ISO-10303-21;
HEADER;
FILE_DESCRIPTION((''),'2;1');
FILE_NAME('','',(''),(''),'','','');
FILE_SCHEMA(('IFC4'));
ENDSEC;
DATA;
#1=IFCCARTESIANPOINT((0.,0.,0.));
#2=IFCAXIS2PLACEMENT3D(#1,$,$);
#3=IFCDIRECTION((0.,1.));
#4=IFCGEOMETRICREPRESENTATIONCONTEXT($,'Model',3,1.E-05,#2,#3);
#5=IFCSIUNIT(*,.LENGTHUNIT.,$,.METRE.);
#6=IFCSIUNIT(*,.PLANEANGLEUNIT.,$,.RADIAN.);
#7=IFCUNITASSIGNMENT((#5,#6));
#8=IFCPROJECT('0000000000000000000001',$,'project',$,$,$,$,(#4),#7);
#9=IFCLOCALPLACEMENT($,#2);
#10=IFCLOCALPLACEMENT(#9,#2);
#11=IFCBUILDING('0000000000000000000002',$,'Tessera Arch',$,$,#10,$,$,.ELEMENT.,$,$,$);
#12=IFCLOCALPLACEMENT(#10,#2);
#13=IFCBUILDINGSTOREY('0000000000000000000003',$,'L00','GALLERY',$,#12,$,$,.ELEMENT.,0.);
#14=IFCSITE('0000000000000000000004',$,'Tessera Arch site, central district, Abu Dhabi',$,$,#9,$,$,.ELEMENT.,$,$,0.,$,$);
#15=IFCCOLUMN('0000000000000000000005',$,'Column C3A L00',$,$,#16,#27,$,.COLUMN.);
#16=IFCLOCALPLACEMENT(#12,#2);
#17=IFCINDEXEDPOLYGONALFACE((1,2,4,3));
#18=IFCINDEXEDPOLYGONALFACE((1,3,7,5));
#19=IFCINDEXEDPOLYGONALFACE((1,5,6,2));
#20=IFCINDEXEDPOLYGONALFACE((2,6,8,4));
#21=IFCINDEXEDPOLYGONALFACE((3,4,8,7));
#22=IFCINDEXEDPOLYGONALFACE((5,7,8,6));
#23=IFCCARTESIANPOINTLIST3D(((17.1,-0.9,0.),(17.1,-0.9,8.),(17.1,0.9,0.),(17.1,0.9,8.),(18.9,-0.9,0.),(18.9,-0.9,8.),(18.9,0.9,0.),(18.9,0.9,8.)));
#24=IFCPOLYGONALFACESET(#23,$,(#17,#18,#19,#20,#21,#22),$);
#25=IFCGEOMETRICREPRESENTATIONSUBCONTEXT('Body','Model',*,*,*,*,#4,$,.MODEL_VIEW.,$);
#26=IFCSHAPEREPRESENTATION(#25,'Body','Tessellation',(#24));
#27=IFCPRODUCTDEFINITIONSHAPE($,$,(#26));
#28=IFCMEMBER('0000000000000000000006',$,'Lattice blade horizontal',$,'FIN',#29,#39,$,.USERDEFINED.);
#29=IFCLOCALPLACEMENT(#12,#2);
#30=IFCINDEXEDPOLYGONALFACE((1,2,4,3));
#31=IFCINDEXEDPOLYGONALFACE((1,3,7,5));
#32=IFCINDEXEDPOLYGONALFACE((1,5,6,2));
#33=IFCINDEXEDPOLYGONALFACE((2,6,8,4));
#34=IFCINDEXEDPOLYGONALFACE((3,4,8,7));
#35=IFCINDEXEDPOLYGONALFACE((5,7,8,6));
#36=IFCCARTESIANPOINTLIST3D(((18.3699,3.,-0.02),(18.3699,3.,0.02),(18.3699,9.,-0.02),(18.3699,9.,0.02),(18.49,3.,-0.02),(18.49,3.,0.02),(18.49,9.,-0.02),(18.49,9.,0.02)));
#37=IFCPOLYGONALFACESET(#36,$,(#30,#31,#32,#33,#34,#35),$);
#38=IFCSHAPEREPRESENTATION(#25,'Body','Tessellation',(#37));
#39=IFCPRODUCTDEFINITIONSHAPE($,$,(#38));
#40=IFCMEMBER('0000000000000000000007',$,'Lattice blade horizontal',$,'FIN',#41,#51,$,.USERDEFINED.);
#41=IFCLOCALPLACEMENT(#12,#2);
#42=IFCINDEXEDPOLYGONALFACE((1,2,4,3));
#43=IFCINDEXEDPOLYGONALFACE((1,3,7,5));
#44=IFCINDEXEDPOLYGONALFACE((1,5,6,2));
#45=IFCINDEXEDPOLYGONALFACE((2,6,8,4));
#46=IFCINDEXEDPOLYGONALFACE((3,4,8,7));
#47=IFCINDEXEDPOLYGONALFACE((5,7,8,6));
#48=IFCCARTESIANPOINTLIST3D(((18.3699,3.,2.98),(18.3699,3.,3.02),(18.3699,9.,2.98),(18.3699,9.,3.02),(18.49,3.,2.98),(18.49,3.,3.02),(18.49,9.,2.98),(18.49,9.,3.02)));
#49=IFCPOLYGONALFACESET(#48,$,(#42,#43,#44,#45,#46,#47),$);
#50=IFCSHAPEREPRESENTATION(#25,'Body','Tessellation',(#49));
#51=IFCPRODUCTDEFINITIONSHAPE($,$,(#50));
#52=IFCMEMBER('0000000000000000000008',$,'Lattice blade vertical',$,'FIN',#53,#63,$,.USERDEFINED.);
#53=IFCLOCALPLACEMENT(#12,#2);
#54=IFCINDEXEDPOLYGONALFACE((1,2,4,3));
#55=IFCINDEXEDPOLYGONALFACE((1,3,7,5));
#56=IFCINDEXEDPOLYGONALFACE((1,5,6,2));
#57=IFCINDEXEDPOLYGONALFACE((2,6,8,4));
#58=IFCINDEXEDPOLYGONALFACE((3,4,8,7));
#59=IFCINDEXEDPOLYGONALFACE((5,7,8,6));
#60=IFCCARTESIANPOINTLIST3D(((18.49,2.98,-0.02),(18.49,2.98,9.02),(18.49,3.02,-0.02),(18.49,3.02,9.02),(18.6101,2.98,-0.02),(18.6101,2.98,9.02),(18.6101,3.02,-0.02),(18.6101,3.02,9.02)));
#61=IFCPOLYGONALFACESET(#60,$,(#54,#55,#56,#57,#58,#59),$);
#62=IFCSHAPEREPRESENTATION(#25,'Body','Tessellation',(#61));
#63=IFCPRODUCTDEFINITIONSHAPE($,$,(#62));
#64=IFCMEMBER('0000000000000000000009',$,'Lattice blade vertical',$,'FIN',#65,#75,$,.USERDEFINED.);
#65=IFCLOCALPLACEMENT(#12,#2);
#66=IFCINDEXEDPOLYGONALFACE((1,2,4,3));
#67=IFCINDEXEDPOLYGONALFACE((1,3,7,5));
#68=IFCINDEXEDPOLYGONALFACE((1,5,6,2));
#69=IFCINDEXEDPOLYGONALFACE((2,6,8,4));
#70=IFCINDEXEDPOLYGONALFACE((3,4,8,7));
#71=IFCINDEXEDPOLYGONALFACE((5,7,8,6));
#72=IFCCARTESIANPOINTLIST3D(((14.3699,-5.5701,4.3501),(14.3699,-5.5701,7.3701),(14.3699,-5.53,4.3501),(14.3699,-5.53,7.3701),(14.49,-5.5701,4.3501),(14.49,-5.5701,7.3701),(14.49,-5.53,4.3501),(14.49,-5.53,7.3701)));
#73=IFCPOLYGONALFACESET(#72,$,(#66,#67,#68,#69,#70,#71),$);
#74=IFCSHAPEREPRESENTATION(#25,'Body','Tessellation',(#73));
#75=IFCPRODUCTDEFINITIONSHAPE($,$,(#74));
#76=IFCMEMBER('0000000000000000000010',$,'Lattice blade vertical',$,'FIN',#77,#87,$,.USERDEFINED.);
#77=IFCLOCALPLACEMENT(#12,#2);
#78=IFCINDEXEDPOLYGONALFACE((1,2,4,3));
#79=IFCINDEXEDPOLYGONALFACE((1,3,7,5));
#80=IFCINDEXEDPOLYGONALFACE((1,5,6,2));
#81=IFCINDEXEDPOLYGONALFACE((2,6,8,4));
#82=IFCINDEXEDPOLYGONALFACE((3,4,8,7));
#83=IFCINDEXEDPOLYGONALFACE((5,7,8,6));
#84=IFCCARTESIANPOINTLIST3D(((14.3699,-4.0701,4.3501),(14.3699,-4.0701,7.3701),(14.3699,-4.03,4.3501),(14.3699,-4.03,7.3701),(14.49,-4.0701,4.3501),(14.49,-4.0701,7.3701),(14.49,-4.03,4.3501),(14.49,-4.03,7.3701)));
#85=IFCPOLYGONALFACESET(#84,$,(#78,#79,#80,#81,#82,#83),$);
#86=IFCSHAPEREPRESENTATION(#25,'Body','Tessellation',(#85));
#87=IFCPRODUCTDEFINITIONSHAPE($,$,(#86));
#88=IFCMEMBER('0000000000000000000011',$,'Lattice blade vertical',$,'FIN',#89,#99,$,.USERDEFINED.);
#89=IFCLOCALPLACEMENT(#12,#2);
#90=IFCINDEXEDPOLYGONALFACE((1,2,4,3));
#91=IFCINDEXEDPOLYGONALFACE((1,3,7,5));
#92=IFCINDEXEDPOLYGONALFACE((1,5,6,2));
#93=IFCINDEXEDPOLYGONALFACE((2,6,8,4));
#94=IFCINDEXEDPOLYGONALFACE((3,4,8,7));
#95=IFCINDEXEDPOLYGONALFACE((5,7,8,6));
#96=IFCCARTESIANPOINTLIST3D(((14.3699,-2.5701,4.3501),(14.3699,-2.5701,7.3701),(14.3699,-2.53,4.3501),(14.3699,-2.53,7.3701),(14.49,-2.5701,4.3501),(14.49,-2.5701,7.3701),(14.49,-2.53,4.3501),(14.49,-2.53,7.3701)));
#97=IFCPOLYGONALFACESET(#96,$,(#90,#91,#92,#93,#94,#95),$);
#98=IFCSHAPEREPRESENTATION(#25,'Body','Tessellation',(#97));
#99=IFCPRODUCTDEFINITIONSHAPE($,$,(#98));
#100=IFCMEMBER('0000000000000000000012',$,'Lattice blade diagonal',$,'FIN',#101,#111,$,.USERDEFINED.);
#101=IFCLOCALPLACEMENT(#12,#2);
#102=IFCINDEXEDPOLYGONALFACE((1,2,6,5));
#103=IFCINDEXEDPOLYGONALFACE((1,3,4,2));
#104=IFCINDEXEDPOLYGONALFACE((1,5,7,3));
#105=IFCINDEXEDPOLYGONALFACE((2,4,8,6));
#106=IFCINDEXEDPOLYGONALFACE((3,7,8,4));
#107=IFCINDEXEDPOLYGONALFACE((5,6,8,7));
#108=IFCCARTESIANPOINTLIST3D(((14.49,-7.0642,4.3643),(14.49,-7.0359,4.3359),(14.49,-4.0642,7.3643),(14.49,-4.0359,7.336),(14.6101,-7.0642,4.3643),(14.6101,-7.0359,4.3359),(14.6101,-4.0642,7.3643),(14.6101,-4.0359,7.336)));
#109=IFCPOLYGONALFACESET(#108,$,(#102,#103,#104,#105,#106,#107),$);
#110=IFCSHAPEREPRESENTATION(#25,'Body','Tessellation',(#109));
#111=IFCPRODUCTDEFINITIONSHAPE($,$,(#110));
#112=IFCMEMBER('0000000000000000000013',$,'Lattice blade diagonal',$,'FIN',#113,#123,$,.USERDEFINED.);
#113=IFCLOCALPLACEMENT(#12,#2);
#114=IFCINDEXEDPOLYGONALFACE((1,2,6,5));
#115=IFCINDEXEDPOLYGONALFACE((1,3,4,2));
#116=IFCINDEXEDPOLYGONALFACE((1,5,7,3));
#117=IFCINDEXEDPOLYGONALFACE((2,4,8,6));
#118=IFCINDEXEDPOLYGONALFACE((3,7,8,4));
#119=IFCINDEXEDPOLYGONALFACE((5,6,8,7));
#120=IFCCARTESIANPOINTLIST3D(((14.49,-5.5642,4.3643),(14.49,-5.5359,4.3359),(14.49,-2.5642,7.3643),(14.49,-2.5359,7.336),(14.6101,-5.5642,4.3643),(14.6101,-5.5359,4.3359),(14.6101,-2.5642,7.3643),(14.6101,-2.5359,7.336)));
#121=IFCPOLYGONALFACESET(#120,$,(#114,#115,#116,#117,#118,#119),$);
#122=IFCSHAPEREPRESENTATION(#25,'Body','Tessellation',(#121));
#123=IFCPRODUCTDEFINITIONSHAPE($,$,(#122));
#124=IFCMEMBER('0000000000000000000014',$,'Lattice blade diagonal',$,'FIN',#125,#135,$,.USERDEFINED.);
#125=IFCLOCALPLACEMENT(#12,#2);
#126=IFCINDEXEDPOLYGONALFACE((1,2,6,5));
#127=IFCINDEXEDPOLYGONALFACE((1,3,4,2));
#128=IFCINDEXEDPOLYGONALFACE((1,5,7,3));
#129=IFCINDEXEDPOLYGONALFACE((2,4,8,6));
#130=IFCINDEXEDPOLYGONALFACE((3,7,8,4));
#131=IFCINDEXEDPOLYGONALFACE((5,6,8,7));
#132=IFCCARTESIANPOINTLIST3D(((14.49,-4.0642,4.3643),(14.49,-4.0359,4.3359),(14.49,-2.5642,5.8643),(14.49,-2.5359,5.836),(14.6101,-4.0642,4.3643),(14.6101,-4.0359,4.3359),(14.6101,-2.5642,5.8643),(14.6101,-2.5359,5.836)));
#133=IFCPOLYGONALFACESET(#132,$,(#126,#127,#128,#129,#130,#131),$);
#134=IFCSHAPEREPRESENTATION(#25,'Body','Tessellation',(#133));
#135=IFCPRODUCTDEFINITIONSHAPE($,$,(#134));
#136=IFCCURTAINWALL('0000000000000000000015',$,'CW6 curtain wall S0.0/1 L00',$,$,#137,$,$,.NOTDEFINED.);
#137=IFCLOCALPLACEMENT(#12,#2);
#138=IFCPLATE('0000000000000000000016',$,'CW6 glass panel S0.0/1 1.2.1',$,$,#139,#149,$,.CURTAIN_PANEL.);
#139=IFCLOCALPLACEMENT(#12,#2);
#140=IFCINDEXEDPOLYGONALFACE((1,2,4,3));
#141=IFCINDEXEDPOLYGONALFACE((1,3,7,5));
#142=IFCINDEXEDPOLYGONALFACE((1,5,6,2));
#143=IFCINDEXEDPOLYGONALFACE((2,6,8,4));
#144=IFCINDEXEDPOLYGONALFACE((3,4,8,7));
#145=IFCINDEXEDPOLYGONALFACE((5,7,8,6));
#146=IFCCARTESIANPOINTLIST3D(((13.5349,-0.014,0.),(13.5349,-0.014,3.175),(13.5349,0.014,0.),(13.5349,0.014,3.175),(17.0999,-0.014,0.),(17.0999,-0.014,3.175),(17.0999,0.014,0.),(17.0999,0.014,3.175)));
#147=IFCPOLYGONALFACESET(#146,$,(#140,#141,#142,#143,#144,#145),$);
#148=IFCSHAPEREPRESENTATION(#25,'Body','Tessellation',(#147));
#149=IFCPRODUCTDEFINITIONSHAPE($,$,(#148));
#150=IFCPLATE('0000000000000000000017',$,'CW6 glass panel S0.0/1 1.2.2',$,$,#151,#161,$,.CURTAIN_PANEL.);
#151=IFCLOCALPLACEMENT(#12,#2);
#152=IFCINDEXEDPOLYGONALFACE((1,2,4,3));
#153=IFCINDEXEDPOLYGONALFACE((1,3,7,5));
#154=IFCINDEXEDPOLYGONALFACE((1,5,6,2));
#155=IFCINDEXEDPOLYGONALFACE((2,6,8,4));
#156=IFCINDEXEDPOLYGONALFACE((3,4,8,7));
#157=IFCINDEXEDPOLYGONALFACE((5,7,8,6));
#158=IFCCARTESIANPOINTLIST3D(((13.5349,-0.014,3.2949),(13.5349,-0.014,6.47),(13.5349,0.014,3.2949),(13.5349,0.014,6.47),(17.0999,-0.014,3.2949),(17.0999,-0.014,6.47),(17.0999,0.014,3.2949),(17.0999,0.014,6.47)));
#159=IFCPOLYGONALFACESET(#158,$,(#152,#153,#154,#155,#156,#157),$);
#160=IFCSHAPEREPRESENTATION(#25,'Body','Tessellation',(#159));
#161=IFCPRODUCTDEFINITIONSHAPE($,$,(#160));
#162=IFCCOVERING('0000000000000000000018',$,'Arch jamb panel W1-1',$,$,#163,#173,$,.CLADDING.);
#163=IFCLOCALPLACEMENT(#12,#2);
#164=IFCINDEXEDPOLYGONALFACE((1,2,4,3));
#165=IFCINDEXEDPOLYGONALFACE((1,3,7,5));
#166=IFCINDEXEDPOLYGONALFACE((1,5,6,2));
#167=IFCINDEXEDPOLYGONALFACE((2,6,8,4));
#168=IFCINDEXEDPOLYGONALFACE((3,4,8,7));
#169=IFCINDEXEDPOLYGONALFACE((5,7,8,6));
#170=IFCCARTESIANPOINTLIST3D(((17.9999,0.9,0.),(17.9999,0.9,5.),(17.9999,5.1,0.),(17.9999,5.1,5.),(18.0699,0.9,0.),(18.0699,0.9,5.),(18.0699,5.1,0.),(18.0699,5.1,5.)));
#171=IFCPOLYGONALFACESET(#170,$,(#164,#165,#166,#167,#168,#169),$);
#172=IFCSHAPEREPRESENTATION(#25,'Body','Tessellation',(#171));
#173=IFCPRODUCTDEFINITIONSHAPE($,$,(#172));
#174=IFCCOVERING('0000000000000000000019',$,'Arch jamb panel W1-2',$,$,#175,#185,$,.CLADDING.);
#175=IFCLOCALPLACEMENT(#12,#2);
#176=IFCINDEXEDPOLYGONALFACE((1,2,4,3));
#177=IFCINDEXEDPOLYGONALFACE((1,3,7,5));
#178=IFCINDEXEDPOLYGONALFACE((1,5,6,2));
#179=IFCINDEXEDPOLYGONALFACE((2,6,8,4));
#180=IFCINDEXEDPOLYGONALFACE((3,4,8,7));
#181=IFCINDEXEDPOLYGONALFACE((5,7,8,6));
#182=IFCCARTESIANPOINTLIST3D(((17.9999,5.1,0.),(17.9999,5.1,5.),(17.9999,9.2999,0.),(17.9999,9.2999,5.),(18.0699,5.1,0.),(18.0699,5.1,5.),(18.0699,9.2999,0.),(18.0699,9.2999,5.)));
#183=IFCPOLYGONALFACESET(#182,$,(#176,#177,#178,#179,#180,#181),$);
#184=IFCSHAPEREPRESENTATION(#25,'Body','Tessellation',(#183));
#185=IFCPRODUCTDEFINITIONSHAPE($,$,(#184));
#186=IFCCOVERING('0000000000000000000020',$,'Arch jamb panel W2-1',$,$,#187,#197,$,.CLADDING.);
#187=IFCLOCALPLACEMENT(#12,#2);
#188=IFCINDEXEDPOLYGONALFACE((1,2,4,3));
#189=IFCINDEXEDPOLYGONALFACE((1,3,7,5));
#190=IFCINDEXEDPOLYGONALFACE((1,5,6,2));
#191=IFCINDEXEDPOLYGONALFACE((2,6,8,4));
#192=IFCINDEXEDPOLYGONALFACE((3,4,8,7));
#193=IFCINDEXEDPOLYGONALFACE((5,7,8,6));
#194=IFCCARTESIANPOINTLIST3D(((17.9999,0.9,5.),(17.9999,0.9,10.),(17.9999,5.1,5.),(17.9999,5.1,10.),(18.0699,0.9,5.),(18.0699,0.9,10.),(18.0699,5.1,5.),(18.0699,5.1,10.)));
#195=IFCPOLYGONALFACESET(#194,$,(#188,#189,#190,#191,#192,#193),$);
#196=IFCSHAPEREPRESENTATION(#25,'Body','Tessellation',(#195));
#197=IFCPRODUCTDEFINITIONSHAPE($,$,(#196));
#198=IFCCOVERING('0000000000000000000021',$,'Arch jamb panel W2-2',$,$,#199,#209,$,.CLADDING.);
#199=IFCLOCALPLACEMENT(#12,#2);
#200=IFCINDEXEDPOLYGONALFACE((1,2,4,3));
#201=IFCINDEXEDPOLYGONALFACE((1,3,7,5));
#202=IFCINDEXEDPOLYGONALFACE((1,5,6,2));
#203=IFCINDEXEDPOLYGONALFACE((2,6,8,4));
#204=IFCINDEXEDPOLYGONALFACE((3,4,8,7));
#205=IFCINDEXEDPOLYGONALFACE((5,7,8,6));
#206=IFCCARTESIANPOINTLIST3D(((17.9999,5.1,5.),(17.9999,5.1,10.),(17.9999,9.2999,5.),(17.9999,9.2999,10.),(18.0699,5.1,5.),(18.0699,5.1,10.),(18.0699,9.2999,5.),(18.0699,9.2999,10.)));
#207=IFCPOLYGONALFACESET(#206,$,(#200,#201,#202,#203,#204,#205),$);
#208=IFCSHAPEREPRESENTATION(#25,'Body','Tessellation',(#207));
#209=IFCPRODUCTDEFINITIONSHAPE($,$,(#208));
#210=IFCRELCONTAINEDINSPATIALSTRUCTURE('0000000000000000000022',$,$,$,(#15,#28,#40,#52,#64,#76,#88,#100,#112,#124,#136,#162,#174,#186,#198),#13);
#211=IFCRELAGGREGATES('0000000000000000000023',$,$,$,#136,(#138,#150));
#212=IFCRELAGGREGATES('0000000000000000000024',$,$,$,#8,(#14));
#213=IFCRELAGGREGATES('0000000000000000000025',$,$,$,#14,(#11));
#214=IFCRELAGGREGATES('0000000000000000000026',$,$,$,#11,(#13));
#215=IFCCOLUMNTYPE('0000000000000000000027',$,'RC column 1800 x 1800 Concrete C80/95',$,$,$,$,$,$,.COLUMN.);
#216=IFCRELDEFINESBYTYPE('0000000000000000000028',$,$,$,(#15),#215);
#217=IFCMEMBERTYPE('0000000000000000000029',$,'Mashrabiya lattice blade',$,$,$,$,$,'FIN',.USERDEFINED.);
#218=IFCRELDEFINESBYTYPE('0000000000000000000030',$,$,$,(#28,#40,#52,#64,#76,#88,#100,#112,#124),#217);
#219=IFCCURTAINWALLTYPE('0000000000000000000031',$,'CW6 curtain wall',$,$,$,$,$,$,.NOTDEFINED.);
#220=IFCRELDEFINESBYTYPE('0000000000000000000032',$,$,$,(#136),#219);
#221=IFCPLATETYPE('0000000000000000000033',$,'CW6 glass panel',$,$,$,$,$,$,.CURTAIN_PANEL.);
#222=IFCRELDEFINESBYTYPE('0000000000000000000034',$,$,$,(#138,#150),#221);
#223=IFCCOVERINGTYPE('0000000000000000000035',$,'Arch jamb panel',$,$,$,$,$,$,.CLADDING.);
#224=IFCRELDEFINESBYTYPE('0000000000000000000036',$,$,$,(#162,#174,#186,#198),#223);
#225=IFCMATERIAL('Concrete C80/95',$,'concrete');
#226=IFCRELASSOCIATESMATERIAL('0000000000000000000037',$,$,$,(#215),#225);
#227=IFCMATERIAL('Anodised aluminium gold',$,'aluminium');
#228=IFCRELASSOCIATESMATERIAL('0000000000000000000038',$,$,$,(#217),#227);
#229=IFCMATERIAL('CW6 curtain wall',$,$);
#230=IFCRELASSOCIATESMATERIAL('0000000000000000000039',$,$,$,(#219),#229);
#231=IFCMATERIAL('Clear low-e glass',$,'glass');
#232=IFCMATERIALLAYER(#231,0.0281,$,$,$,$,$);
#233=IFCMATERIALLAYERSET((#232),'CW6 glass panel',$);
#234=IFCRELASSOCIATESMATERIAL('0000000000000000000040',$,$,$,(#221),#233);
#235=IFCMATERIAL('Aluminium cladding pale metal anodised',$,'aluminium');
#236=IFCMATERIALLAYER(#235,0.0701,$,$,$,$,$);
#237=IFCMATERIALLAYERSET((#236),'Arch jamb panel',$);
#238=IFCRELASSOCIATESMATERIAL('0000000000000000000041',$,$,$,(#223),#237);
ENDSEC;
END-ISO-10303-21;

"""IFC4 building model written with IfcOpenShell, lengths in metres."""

from ifc_helpers import new_model, si_unit, direction, frame, origin, origin_2d, place, context, subcontext, project, spatial, rectangle, extrude, material, layer, layer_set, material_profile, profile_set, type_object, element, aggregate, save


model = new_model("IFC4")

# Units and contexts
model_context = context("Model", 3, precision=1e-05, world=origin(), true_north=direction((0.0, 1.0)))
body_context = subcontext(model_context, "Body", "Model", "MODEL_VIEW")
ifc_project = project(units=[si_unit("LENGTHUNIT", "METRE"), si_unit("PLANEANGLEUNIT", "RADIAN")], contexts=[model_context])

# Site, building, storey
site_placement = place(None, origin())
site = spatial("IfcSite", under=ifc_project, at=site_placement, Name="Tessera Arch site, central district, Abu Dhabi", CompositionType="ELEMENT", RefElevation=0.0)
building_placement = place(site_placement, origin())
building = spatial("IfcBuilding", under=site, at=building_placement, Name="Tessera Arch", CompositionType="ELEMENT")
storey_placement = place(building_placement, origin())
storey = spatial("IfcBuildingStorey", under=building, at=storey_placement, Name="L00", Description="GALLERY", CompositionType="ELEMENT", Elevation=0.0)

# Column
ifc_material_1 = material(Name="Concrete C80/95", Category="concrete")
ifc_material_profile_1 = material_profile(ifc_material_1, rectangle(XDim=1.8, YDim=1.8, at=origin_2d()), Name="RC column 1800 x 1800 Concrete C80/95")
ifc_profile_set_1 = profile_set([ifc_material_profile_1], Name="Concrete C80/95")
column_type = type_object("IfcColumnType", Name="RC column 1800 x 1800 Concrete C80/95", PredefinedType="COLUMN", material=ifc_profile_set_1)
column_placement = place(storey_placement, frame((18.0, 0.0, 0.0), z_axis=(0.0, 0.0, 1.0), x_axis=(1.0, 0.0, 0.0)))
element("IfcColumn", 1, at=column_placement, inside=storey, type_object=column_type, Name="Column C3A L00", PredefinedType="COLUMN", context=body_context, shape_type="SweptSolid", body=[
    extrude(rectangle(XDim=1.8, YDim=1.8, at=origin_2d()), origin(), (0.0, 0.0, 1.0), 8.0),
])

# Members
ifc_material_2 = material(Name="Anodised aluminium gold", Category="aluminium")
ifc_material_profile_2 = material_profile(ifc_material_2, rectangle(XDim=0.1201, YDim=0.04, at=origin_2d()), Name="AL 40x120")
ifc_profile_set_2 = profile_set([ifc_material_profile_2], Name="Anodised aluminium gold")
member_type = type_object("IfcMemberType", Name="Mashrabiya lattice blade", ElementType="FIN", PredefinedType="USERDEFINED", material=ifc_profile_set_2)
for number, where, z_axis, x_axis, name in (
    (2, (18.4299, 3.0, 0.0), (0.0, 1.0, 0.0), (-1.0, 0.0, 0.0), "Lattice blade horizontal"),
    (3, (18.4299, 3.0, 3.0), (0.0, 1.0, 0.0), (-1.0, 0.0, 0.0), "Lattice blade horizontal"),
):
    element("IfcMember", number, at=place(storey_placement, frame(where, z_axis=z_axis, x_axis=x_axis)), inside=storey, type_object=member_type, Name=name, ObjectType="FIN", PredefinedType="USERDEFINED", context=body_context, shape_type="SweptSolid", body=[
        extrude(rectangle(XDim=0.1201, YDim=0.04, at=origin_2d()), origin(), (0.0, 0.0, 1.0), 6.0),
    ])
member_1_placement = place(storey_placement, frame((18.55, 3.0, -0.02), z_axis=(0.0, 0.0, 1.0), x_axis=(1.0, 0.0, 0.0)))
element("IfcMember", 4, at=member_1_placement, inside=storey, type_object=member_type, Name="Lattice blade vertical", ObjectType="FIN", PredefinedType="USERDEFINED", context=body_context, shape_type="SweptSolid", body=[
    extrude(rectangle(XDim=0.1201, YDim=0.04, at=origin_2d()), origin(), (0.0, 0.0, 1.0), 9.04),
])
for number, where, z_axis, x_axis, name in (
    (5, (14.4299, -5.55, 4.3501), (0.0, 0.0, 1.0), (1.0, 0.0, 0.0), "Lattice blade vertical"),
    (6, (14.4299, -4.05, 4.3501), (0.0, 0.0, 1.0), (1.0, 0.0, 0.0), "Lattice blade vertical"),
    (7, (14.4299, -2.55, 4.3501), (0.0, 0.0, 1.0), (1.0, 0.0, 0.0), "Lattice blade vertical"),
):
    element("IfcMember", number, at=place(storey_placement, frame(where, z_axis=z_axis, x_axis=x_axis)), inside=storey, type_object=member_type, Name=name, ObjectType="FIN", PredefinedType="USERDEFINED", context=body_context, shape_type="SweptSolid", body=[
        extrude(rectangle(XDim=0.1201, YDim=0.04, at=origin_2d()), origin(), (0.0, 0.0, 1.0), 3.02),
    ])
for number, where, z_axis, x_axis, name in (
    (8, (14.55, -7.05, 4.3501), (0.0, 0.707107, 0.707107), (-1.0, 0.0, 0.0), "Lattice blade diagonal"),
    (9, (14.55, -5.55, 4.3501), (0.0, 0.707107, 0.707107), (-1.0, 0.0, 0.0), "Lattice blade diagonal"),
):
    element("IfcMember", number, at=place(storey_placement, frame(where, z_axis=z_axis, x_axis=x_axis)), inside=storey, type_object=member_type, Name=name, ObjectType="FIN", PredefinedType="USERDEFINED", context=body_context, shape_type="SweptSolid", body=[
        extrude(rectangle(XDim=0.1201, YDim=0.04, at=origin_2d()), origin(), (0.0, 0.0, 1.0), 4.2427),
    ])
member_2_placement = place(storey_placement, frame((14.55, -4.05, 4.3501), z_axis=(0.0, 0.707107, 0.707107), x_axis=(-1.0, 0.0, 0.0)))
element("IfcMember", 10, at=member_2_placement, inside=storey, type_object=member_type, Name="Lattice blade diagonal", ObjectType="FIN", PredefinedType="USERDEFINED", context=body_context, shape_type="SweptSolid", body=[
    extrude(rectangle(XDim=0.1201, YDim=0.04, at=origin_2d()), origin(), (0.0, 0.0, 1.0), 2.1213),
])

# Curtain wall, plates
ifc_material_3 = material(Name="CW6 curtain wall")
curtain_wall_type = type_object("IfcCurtainWallType", Name="CW6 curtain wall", PredefinedType="NOTDEFINED", material=ifc_material_3)
curtain_wall_placement = place(storey_placement, origin())
curtain_wall = element("IfcCurtainWall", 11, at=curtain_wall_placement, inside=storey, type_object=curtain_wall_type, Name="CW6 curtain wall S0.0/1 L00", PredefinedType="NOTDEFINED")
ifc_material_4 = material(Name="Clear low-e glass", Category="glass")
ifc_layer_1 = layer(ifc_material_4, 0.0281)
ifc_layer_set_1 = layer_set([ifc_layer_1], Name="CW6 glass panel")
plate_type = type_object("IfcPlateType", Name="CW6 glass panel", PredefinedType="CURTAIN_PANEL", material=ifc_layer_set_1)
plate_1_placement = place(storey_placement, frame((15.3174, 0.0, 0.0), z_axis=(0.0, 0.0, 1.0), x_axis=(1.0, 0.0, 0.0)))
plate_1 = element("IfcPlate", 12, at=plate_1_placement, type_object=plate_type, Name="CW6 glass panel S0.0/1 1.2.1", PredefinedType="CURTAIN_PANEL", context=body_context, shape_type="SweptSolid", body=[
    extrude(rectangle(XDim=3.5649, YDim=0.0281, at=origin_2d()), origin(), (0.0, 0.0, 1.0), 3.175),
])
plate_2_placement = place(storey_placement, frame((15.3174, 0.0, 3.2949), z_axis=(0.0, 0.0, 1.0), x_axis=(1.0, 0.0, 0.0)))
plate_2 = element("IfcPlate", 13, at=plate_2_placement, type_object=plate_type, Name="CW6 glass panel S0.0/1 1.2.2", PredefinedType="CURTAIN_PANEL", context=body_context, shape_type="SweptSolid", body=[
    extrude(rectangle(XDim=3.5649, YDim=0.0281, at=origin_2d()), origin(), (0.0, 0.0, 1.0), 3.175),
])
aggregate(curtain_wall, [plate_1, plate_2])

# Coverings
ifc_material_5 = material(Name="Aluminium cladding pale metal anodised", Category="aluminium")
ifc_layer_2 = layer(ifc_material_5, 0.0701)
ifc_layer_set_2 = layer_set([ifc_layer_2], Name="Arch jamb panel")
covering_type = type_object("IfcCoveringType", Name="Arch jamb panel", PredefinedType="CLADDING", material=ifc_layer_set_2)
for number, where, z_axis, x_axis, name in (
    (14, (18.0349, 3.0, 0.0), (0.0, 0.0, 1.0), (1.0, 0.0, 0.0), "Arch jamb panel W1-1"),
    (15, (18.0349, 7.2, 0.0), (0.0, 0.0, 1.0), (1.0, 0.0, 0.0), "Arch jamb panel W1-2"),
    (16, (18.0349, 3.0, 5.0), (0.0, 0.0, 1.0), (1.0, 0.0, 0.0), "Arch jamb panel W2-1"),
    (17, (18.0349, 7.2, 5.0), (0.0, 0.0, 1.0), (1.0, 0.0, 0.0), "Arch jamb panel W2-2"),
):
    element("IfcCovering", number, at=place(storey_placement, frame(where, z_axis=z_axis, x_axis=x_axis)), inside=storey, type_object=covering_type, Name=name, PredefinedType="CLADDING", context=body_context, shape_type="SweptSolid", body=[
        extrude(rectangle(XDim=0.0701, YDim=4.2, at=origin_2d()), origin(), (0.0, 0.0, 1.0), 5.0),
    ])

save(model, "model.ifc")
